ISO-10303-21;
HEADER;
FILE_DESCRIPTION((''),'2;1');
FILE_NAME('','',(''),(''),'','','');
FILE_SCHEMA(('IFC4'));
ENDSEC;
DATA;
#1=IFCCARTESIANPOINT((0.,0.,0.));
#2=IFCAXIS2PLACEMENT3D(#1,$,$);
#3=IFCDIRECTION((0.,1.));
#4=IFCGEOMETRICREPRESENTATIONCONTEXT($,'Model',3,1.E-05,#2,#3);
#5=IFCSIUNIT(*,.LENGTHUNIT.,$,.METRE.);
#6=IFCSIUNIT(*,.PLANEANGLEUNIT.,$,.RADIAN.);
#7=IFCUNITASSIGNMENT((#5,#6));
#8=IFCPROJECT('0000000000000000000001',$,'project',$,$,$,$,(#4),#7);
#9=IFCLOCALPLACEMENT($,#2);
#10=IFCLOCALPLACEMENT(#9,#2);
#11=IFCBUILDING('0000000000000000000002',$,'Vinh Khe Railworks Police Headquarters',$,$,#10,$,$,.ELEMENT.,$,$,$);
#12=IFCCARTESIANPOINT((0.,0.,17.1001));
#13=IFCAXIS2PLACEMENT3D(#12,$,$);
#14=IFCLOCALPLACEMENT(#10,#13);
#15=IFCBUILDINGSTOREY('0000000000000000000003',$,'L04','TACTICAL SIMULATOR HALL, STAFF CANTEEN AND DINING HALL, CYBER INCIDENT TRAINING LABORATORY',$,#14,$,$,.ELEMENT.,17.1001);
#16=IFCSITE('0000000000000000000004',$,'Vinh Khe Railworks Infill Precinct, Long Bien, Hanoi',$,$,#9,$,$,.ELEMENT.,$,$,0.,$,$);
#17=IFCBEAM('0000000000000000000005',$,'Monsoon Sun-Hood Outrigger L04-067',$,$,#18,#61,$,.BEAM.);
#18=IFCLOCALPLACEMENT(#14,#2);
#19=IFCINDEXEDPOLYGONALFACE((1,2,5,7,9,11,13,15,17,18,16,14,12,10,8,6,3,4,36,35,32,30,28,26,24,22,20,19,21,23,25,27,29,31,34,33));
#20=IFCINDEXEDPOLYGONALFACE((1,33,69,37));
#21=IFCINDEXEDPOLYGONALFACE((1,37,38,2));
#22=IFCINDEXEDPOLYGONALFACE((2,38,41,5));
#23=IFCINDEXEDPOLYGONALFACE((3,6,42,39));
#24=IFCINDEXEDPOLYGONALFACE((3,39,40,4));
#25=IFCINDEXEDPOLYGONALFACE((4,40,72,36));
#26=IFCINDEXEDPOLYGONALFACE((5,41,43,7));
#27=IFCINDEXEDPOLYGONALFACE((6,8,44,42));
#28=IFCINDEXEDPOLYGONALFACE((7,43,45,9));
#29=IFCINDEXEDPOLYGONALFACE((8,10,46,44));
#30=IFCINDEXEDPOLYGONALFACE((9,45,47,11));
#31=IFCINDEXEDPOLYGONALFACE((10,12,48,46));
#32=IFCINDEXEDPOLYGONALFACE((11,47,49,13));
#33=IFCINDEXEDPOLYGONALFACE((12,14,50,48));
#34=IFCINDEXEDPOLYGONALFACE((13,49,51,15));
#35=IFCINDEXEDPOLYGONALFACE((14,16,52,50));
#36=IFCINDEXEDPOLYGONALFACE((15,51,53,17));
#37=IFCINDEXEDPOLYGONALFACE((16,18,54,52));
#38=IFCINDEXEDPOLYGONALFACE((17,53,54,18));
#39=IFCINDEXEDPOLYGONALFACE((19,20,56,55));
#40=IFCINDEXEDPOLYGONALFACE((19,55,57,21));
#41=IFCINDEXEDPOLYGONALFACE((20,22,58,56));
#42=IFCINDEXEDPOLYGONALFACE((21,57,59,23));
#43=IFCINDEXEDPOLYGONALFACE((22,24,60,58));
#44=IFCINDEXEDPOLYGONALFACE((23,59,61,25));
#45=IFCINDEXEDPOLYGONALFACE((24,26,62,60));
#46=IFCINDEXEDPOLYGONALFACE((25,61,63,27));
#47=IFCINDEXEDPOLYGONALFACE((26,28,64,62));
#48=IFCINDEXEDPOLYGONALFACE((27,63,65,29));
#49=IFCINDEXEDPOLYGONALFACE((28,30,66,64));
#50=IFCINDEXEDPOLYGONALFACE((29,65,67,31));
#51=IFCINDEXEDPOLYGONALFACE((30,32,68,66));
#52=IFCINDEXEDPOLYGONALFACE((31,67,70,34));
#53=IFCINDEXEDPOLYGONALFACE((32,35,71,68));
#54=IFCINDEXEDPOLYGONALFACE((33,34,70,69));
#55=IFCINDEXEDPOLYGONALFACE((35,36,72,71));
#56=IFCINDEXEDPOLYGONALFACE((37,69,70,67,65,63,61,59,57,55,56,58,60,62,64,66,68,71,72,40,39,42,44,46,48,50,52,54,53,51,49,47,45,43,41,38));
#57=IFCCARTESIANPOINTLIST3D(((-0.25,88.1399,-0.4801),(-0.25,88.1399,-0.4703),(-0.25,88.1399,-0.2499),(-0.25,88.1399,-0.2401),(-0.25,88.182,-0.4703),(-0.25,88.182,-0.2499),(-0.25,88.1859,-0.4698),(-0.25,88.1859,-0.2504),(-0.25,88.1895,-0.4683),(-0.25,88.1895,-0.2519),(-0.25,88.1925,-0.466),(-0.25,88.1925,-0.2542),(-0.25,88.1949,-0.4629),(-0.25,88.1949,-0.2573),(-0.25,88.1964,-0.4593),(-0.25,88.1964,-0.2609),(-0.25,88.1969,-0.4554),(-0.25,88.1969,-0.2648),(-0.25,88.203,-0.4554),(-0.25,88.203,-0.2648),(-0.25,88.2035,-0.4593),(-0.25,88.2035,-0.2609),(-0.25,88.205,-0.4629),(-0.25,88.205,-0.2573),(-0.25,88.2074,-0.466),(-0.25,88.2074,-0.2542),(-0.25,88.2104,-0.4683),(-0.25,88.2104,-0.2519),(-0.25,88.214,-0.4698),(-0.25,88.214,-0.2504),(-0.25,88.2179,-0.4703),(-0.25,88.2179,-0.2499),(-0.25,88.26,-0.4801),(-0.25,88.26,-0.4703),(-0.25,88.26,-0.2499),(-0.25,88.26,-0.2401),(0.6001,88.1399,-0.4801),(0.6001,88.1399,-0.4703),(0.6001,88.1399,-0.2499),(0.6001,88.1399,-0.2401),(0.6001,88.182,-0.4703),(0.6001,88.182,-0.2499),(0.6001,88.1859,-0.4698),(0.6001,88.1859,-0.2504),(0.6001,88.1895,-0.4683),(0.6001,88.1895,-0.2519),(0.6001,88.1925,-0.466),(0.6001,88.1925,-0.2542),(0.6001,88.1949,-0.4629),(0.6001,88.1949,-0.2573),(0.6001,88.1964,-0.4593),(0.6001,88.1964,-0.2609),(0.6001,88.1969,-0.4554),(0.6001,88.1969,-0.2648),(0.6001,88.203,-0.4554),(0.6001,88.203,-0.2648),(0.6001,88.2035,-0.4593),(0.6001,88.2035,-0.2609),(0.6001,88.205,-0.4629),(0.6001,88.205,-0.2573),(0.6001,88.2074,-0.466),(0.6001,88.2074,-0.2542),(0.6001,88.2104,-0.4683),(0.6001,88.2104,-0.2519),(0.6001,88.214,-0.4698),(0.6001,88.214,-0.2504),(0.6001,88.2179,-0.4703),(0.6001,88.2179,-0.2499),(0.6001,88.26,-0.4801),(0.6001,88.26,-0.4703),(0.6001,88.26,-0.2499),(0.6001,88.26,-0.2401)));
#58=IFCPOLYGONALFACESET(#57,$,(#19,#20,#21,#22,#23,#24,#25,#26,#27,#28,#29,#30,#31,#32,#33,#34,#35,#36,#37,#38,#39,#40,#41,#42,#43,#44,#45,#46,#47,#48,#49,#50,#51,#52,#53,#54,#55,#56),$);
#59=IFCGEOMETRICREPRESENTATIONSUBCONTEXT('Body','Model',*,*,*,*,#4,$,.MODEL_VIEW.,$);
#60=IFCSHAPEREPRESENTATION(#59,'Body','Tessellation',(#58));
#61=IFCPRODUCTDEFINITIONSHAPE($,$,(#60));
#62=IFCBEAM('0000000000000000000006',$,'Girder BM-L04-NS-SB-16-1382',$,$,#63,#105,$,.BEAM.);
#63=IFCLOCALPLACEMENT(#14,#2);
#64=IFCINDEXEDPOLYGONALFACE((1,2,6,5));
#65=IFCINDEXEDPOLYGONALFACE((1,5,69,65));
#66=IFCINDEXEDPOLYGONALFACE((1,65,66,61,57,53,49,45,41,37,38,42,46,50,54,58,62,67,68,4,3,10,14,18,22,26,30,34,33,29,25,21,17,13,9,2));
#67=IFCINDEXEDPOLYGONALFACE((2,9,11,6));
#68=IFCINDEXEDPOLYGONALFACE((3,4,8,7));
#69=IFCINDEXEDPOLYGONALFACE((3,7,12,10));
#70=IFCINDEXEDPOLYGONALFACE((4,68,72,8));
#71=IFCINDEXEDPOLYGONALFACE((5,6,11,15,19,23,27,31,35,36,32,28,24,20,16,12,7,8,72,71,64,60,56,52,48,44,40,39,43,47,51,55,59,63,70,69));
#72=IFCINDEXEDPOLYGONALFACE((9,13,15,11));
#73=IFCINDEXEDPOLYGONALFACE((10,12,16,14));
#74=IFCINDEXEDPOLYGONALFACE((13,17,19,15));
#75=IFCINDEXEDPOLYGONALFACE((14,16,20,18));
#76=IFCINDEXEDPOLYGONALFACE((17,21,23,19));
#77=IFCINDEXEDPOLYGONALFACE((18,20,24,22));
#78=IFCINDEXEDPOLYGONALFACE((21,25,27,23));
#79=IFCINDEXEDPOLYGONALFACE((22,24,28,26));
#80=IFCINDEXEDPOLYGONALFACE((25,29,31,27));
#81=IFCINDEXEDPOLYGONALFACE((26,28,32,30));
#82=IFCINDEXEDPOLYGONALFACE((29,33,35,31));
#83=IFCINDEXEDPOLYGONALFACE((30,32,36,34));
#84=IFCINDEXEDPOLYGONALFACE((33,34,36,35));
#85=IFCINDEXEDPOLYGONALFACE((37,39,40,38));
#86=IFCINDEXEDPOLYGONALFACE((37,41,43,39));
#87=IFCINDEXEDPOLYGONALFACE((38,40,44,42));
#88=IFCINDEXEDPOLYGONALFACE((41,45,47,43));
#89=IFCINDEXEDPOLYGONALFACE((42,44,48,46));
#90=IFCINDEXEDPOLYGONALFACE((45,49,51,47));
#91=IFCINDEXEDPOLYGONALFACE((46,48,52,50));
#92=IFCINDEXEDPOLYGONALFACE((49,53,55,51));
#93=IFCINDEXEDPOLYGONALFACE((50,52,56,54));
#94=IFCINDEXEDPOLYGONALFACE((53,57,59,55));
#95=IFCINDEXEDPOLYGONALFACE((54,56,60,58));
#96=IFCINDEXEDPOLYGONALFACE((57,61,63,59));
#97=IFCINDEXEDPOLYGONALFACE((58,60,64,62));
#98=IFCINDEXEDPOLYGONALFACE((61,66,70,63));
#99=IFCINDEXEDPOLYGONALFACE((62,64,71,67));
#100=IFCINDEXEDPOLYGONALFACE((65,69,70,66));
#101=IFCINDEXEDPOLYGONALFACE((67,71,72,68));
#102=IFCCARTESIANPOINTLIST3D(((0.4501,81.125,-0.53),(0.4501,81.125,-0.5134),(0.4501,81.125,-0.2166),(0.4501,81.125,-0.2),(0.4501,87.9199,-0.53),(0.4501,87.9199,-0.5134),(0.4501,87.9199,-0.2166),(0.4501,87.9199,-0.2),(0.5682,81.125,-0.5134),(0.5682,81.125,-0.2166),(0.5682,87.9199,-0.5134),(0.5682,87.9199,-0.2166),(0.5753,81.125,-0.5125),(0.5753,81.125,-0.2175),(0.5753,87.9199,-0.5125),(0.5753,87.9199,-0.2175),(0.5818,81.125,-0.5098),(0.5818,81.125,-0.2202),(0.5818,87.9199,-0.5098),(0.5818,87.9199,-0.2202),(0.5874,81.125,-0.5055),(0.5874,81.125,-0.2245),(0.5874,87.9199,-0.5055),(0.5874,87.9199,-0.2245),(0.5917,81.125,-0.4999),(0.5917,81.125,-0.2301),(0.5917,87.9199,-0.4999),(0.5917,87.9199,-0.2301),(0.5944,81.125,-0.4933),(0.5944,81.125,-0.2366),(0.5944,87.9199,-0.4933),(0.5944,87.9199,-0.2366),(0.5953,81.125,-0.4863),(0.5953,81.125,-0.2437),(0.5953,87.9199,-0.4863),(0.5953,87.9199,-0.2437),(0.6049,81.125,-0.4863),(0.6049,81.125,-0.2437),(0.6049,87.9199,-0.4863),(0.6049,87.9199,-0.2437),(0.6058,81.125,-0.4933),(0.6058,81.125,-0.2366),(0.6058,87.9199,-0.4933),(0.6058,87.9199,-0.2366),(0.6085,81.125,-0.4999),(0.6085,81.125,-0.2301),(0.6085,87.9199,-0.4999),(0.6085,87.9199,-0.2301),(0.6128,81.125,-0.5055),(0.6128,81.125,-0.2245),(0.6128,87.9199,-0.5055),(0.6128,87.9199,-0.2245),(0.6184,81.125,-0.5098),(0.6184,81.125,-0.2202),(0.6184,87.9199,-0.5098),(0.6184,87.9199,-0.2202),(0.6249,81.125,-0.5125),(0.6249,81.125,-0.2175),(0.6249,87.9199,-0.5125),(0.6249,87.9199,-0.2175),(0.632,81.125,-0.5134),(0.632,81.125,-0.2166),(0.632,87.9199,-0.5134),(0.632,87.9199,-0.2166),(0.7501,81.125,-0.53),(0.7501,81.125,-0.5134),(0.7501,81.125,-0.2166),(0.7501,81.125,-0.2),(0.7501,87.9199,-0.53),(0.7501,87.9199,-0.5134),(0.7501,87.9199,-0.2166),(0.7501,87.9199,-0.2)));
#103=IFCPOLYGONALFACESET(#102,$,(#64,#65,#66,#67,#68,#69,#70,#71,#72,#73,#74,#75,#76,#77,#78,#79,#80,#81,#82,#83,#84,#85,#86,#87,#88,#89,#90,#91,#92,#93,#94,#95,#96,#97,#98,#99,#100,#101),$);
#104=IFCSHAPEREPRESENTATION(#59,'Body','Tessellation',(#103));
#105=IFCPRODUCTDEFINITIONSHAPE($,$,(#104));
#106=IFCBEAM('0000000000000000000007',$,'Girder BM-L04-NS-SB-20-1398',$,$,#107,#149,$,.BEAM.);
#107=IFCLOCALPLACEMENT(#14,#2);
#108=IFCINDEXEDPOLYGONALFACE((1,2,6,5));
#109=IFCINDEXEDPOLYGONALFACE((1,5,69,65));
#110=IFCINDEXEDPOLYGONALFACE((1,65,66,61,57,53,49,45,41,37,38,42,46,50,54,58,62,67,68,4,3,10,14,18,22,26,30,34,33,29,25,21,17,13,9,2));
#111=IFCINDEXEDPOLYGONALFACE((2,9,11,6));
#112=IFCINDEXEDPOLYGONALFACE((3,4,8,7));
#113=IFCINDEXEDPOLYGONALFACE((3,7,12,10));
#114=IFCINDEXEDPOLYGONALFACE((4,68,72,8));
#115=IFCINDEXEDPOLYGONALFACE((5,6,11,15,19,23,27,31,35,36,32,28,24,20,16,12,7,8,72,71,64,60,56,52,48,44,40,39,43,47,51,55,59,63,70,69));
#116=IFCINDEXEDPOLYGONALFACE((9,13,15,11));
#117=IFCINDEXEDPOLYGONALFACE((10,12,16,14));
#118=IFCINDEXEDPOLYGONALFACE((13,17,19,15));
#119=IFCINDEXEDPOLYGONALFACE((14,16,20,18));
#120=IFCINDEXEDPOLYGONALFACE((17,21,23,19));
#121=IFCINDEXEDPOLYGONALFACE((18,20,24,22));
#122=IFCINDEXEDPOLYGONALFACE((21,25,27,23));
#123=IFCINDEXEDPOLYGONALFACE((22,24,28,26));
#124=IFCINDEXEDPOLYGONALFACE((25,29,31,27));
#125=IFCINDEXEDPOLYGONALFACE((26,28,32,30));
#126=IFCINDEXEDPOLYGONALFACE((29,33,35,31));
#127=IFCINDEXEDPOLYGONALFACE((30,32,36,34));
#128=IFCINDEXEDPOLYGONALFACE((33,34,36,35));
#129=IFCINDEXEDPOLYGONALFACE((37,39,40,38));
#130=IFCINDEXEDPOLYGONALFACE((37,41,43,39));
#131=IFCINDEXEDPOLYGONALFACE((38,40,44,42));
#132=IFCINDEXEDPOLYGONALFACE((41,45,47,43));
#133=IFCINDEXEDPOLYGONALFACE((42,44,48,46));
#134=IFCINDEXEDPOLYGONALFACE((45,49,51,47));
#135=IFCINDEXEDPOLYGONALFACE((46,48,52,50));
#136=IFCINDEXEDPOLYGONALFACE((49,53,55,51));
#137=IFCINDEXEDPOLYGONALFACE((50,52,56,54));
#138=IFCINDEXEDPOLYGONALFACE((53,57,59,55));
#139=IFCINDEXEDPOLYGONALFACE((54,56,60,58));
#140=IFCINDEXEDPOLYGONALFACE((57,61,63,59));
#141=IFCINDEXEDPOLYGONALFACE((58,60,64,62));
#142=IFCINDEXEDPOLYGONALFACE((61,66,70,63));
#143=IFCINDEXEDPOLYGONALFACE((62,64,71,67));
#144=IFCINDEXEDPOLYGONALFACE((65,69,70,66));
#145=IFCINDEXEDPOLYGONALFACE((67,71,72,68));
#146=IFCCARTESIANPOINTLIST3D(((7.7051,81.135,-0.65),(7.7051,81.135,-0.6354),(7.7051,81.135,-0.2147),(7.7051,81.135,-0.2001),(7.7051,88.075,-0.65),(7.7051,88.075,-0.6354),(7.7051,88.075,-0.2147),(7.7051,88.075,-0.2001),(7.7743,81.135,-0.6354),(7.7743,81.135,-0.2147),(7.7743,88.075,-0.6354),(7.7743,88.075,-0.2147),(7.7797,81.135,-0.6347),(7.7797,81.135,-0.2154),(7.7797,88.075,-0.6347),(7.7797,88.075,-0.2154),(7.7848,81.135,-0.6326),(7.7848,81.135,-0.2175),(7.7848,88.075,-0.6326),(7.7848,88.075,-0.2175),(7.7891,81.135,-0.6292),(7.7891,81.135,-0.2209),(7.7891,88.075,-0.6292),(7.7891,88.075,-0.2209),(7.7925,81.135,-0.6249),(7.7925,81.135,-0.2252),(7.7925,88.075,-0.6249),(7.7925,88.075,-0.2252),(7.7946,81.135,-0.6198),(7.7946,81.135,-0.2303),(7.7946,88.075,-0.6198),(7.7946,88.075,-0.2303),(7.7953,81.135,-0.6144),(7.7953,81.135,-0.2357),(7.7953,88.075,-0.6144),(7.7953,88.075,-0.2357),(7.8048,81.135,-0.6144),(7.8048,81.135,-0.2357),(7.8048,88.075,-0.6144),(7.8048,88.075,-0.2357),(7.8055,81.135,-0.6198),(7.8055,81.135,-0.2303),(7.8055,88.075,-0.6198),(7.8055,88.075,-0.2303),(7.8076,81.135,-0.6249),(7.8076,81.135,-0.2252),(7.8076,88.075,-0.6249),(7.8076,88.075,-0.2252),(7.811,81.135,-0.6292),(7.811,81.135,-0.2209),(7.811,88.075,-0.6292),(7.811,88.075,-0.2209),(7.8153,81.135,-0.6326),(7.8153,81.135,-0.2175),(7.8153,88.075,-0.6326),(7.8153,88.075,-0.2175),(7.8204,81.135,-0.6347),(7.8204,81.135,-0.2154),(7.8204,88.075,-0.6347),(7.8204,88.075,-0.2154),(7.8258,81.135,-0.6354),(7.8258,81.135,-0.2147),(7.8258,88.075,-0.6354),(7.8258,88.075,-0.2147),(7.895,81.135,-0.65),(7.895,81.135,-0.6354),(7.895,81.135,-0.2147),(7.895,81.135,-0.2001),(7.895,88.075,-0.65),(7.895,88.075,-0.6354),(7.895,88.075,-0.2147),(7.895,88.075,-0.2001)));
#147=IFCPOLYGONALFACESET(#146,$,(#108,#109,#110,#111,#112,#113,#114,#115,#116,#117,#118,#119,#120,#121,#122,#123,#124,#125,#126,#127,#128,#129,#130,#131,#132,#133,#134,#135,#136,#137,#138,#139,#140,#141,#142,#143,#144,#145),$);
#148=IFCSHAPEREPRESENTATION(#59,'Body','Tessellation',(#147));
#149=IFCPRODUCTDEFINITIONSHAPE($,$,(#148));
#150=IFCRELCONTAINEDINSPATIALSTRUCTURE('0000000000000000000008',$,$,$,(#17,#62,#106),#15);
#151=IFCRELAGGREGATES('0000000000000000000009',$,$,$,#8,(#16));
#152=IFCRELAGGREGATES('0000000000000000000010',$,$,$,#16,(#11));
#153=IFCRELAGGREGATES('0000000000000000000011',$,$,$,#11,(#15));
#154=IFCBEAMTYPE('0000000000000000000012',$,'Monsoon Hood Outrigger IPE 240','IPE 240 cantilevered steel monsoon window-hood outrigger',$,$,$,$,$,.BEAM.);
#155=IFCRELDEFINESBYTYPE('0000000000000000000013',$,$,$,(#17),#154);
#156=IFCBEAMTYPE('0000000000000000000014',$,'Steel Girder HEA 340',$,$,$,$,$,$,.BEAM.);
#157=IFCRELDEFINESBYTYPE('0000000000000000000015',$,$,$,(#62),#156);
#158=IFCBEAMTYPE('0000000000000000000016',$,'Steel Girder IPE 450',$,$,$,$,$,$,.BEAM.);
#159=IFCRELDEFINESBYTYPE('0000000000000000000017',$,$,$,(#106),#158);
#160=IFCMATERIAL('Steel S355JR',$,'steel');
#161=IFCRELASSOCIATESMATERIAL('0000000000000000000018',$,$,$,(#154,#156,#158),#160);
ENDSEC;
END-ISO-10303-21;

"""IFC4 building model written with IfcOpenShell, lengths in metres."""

from ifc_helpers import new_model, si_unit, direction, frame, origin, origin_2d, place, context, subcontext, project, spatial, i_section, extrude, material, material_profile, profile_set, type_object, element, save


model = new_model("IFC4")

# Units and contexts
model_context = context("Model", 3, precision=1e-05, world=origin(), true_north=direction((0.0, 1.0)))
body_context = subcontext(model_context, "Body", "Model", "MODEL_VIEW")
ifc_project = project(units=[si_unit("LENGTHUNIT", "METRE"), si_unit("PLANEANGLEUNIT", "RADIAN")], contexts=[model_context])

# Site, building, storey
site_placement = place(None, origin())
site = spatial("IfcSite", under=ifc_project, at=site_placement, Name="Vinh Khe Railworks Infill Precinct, Long Bien, Hanoi", CompositionType="ELEMENT", RefElevation=0.0)
building_placement = place(site_placement, origin())
building = spatial("IfcBuilding", under=site, at=building_placement, Name="Vinh Khe Railworks Police Headquarters", CompositionType="ELEMENT")
storey_placement = place(building_placement, frame((0.0, 0.0, 17.1001)))
storey = spatial("IfcBuildingStorey", under=building, at=storey_placement, Name="L04", Description="TACTICAL SIMULATOR HALL, STAFF CANTEEN AND DINING HALL, CYBER INCIDENT TRAINING LABORATORY", CompositionType="ELEMENT", Elevation=17.1001)

# Shared definitions
ifc_material_1 = material(Name="Steel S355JR", Category="steel")

# Beams
ifc_material_profile_1 = material_profile(ifc_material_1, i_section(OverallWidth=0.1201, OverallDepth=0.24, WebThickness=0.0061, FlangeThickness=0.0098, FilletRadius=0.0149, at=origin_2d()), Name="IPE 240")
ifc_profile_set_1 = profile_set([ifc_material_profile_1], Name="Steel S355JR")
beam_type_1 = type_object("IfcBeamType", Name="Monsoon Hood Outrigger IPE 240", Description="IPE 240 cantilevered steel monsoon window-hood outrigger", PredefinedType="BEAM", material=ifc_profile_set_1)
beam_1_placement = place(storey_placement, frame((-0.25, 88.2, -0.3601), z_axis=(1.0, 0.0, 0.0), x_axis=(0.0, 1.0, 0.0)))
element("IfcBeam", 1, at=beam_1_placement, inside=storey, type_object=beam_type_1, Name="Monsoon Sun-Hood Outrigger L04-067", PredefinedType="BEAM", context=body_context, shape_type="SweptSolid", body=[
    extrude(i_section(OverallWidth=0.1201, OverallDepth=0.24, WebThickness=0.0061, FlangeThickness=0.0098, FilletRadius=0.0149, at=origin_2d()), origin(), (0.0, 0.0, 1.0), 0.8501),
])
ifc_material_profile_2 = material_profile(ifc_material_1, i_section(OverallWidth=0.3, OverallDepth=0.3301, WebThickness=0.0095, FlangeThickness=0.0166, FilletRadius=0.0271, at=origin_2d()), Name="HEA 340")
ifc_profile_set_2 = profile_set([ifc_material_profile_2], Name="Steel S355JR")
beam_type_2 = type_object("IfcBeamType", Name="Steel Girder HEA 340", PredefinedType="BEAM", material=ifc_profile_set_2)
beam_2_placement = place(storey_placement, frame((0.6001, 81.125, -0.365), z_axis=(0.0, 1.0, 0.0), x_axis=(-1.0, 0.0, 0.0)))
element("IfcBeam", 2, at=beam_2_placement, inside=storey, type_object=beam_type_2, Name="Girder BM-L04-NS-SB-16-1382", PredefinedType="BEAM", context=body_context, shape_type="SweptSolid", body=[
    extrude(i_section(OverallWidth=0.3, OverallDepth=0.3301, WebThickness=0.0095, FlangeThickness=0.0166, FilletRadius=0.0271, at=origin_2d()), origin(), (0.0, 0.0, 1.0), 6.7949),
])
ifc_material_profile_3 = material_profile(ifc_material_1, i_section(OverallWidth=0.1899, OverallDepth=0.45, WebThickness=0.0095, FlangeThickness=0.0146, FilletRadius=0.021, at=origin_2d()), Name="IPE 450")
ifc_profile_set_3 = profile_set([ifc_material_profile_3], Name="Steel S355JR")
beam_type_3 = type_object("IfcBeamType", Name="Steel Girder IPE 450", PredefinedType="BEAM", material=ifc_profile_set_3)
beam_3_placement = place(storey_placement, frame((7.8, 81.135, -0.425), z_axis=(0.0, 1.0, 0.0), x_axis=(-1.0, 0.0, 0.0)))
element("IfcBeam", 3, at=beam_3_placement, inside=storey, type_object=beam_type_3, Name="Girder BM-L04-NS-SB-20-1398", PredefinedType="BEAM", context=body_context, shape_type="SweptSolid", body=[
    extrude(i_section(OverallWidth=0.1899, OverallDepth=0.45, WebThickness=0.0095, FlangeThickness=0.0146, FilletRadius=0.021, at=origin_2d()), origin(), (0.0, 0.0, 1.0), 6.9399),
])

save(model, "model.ifc")
